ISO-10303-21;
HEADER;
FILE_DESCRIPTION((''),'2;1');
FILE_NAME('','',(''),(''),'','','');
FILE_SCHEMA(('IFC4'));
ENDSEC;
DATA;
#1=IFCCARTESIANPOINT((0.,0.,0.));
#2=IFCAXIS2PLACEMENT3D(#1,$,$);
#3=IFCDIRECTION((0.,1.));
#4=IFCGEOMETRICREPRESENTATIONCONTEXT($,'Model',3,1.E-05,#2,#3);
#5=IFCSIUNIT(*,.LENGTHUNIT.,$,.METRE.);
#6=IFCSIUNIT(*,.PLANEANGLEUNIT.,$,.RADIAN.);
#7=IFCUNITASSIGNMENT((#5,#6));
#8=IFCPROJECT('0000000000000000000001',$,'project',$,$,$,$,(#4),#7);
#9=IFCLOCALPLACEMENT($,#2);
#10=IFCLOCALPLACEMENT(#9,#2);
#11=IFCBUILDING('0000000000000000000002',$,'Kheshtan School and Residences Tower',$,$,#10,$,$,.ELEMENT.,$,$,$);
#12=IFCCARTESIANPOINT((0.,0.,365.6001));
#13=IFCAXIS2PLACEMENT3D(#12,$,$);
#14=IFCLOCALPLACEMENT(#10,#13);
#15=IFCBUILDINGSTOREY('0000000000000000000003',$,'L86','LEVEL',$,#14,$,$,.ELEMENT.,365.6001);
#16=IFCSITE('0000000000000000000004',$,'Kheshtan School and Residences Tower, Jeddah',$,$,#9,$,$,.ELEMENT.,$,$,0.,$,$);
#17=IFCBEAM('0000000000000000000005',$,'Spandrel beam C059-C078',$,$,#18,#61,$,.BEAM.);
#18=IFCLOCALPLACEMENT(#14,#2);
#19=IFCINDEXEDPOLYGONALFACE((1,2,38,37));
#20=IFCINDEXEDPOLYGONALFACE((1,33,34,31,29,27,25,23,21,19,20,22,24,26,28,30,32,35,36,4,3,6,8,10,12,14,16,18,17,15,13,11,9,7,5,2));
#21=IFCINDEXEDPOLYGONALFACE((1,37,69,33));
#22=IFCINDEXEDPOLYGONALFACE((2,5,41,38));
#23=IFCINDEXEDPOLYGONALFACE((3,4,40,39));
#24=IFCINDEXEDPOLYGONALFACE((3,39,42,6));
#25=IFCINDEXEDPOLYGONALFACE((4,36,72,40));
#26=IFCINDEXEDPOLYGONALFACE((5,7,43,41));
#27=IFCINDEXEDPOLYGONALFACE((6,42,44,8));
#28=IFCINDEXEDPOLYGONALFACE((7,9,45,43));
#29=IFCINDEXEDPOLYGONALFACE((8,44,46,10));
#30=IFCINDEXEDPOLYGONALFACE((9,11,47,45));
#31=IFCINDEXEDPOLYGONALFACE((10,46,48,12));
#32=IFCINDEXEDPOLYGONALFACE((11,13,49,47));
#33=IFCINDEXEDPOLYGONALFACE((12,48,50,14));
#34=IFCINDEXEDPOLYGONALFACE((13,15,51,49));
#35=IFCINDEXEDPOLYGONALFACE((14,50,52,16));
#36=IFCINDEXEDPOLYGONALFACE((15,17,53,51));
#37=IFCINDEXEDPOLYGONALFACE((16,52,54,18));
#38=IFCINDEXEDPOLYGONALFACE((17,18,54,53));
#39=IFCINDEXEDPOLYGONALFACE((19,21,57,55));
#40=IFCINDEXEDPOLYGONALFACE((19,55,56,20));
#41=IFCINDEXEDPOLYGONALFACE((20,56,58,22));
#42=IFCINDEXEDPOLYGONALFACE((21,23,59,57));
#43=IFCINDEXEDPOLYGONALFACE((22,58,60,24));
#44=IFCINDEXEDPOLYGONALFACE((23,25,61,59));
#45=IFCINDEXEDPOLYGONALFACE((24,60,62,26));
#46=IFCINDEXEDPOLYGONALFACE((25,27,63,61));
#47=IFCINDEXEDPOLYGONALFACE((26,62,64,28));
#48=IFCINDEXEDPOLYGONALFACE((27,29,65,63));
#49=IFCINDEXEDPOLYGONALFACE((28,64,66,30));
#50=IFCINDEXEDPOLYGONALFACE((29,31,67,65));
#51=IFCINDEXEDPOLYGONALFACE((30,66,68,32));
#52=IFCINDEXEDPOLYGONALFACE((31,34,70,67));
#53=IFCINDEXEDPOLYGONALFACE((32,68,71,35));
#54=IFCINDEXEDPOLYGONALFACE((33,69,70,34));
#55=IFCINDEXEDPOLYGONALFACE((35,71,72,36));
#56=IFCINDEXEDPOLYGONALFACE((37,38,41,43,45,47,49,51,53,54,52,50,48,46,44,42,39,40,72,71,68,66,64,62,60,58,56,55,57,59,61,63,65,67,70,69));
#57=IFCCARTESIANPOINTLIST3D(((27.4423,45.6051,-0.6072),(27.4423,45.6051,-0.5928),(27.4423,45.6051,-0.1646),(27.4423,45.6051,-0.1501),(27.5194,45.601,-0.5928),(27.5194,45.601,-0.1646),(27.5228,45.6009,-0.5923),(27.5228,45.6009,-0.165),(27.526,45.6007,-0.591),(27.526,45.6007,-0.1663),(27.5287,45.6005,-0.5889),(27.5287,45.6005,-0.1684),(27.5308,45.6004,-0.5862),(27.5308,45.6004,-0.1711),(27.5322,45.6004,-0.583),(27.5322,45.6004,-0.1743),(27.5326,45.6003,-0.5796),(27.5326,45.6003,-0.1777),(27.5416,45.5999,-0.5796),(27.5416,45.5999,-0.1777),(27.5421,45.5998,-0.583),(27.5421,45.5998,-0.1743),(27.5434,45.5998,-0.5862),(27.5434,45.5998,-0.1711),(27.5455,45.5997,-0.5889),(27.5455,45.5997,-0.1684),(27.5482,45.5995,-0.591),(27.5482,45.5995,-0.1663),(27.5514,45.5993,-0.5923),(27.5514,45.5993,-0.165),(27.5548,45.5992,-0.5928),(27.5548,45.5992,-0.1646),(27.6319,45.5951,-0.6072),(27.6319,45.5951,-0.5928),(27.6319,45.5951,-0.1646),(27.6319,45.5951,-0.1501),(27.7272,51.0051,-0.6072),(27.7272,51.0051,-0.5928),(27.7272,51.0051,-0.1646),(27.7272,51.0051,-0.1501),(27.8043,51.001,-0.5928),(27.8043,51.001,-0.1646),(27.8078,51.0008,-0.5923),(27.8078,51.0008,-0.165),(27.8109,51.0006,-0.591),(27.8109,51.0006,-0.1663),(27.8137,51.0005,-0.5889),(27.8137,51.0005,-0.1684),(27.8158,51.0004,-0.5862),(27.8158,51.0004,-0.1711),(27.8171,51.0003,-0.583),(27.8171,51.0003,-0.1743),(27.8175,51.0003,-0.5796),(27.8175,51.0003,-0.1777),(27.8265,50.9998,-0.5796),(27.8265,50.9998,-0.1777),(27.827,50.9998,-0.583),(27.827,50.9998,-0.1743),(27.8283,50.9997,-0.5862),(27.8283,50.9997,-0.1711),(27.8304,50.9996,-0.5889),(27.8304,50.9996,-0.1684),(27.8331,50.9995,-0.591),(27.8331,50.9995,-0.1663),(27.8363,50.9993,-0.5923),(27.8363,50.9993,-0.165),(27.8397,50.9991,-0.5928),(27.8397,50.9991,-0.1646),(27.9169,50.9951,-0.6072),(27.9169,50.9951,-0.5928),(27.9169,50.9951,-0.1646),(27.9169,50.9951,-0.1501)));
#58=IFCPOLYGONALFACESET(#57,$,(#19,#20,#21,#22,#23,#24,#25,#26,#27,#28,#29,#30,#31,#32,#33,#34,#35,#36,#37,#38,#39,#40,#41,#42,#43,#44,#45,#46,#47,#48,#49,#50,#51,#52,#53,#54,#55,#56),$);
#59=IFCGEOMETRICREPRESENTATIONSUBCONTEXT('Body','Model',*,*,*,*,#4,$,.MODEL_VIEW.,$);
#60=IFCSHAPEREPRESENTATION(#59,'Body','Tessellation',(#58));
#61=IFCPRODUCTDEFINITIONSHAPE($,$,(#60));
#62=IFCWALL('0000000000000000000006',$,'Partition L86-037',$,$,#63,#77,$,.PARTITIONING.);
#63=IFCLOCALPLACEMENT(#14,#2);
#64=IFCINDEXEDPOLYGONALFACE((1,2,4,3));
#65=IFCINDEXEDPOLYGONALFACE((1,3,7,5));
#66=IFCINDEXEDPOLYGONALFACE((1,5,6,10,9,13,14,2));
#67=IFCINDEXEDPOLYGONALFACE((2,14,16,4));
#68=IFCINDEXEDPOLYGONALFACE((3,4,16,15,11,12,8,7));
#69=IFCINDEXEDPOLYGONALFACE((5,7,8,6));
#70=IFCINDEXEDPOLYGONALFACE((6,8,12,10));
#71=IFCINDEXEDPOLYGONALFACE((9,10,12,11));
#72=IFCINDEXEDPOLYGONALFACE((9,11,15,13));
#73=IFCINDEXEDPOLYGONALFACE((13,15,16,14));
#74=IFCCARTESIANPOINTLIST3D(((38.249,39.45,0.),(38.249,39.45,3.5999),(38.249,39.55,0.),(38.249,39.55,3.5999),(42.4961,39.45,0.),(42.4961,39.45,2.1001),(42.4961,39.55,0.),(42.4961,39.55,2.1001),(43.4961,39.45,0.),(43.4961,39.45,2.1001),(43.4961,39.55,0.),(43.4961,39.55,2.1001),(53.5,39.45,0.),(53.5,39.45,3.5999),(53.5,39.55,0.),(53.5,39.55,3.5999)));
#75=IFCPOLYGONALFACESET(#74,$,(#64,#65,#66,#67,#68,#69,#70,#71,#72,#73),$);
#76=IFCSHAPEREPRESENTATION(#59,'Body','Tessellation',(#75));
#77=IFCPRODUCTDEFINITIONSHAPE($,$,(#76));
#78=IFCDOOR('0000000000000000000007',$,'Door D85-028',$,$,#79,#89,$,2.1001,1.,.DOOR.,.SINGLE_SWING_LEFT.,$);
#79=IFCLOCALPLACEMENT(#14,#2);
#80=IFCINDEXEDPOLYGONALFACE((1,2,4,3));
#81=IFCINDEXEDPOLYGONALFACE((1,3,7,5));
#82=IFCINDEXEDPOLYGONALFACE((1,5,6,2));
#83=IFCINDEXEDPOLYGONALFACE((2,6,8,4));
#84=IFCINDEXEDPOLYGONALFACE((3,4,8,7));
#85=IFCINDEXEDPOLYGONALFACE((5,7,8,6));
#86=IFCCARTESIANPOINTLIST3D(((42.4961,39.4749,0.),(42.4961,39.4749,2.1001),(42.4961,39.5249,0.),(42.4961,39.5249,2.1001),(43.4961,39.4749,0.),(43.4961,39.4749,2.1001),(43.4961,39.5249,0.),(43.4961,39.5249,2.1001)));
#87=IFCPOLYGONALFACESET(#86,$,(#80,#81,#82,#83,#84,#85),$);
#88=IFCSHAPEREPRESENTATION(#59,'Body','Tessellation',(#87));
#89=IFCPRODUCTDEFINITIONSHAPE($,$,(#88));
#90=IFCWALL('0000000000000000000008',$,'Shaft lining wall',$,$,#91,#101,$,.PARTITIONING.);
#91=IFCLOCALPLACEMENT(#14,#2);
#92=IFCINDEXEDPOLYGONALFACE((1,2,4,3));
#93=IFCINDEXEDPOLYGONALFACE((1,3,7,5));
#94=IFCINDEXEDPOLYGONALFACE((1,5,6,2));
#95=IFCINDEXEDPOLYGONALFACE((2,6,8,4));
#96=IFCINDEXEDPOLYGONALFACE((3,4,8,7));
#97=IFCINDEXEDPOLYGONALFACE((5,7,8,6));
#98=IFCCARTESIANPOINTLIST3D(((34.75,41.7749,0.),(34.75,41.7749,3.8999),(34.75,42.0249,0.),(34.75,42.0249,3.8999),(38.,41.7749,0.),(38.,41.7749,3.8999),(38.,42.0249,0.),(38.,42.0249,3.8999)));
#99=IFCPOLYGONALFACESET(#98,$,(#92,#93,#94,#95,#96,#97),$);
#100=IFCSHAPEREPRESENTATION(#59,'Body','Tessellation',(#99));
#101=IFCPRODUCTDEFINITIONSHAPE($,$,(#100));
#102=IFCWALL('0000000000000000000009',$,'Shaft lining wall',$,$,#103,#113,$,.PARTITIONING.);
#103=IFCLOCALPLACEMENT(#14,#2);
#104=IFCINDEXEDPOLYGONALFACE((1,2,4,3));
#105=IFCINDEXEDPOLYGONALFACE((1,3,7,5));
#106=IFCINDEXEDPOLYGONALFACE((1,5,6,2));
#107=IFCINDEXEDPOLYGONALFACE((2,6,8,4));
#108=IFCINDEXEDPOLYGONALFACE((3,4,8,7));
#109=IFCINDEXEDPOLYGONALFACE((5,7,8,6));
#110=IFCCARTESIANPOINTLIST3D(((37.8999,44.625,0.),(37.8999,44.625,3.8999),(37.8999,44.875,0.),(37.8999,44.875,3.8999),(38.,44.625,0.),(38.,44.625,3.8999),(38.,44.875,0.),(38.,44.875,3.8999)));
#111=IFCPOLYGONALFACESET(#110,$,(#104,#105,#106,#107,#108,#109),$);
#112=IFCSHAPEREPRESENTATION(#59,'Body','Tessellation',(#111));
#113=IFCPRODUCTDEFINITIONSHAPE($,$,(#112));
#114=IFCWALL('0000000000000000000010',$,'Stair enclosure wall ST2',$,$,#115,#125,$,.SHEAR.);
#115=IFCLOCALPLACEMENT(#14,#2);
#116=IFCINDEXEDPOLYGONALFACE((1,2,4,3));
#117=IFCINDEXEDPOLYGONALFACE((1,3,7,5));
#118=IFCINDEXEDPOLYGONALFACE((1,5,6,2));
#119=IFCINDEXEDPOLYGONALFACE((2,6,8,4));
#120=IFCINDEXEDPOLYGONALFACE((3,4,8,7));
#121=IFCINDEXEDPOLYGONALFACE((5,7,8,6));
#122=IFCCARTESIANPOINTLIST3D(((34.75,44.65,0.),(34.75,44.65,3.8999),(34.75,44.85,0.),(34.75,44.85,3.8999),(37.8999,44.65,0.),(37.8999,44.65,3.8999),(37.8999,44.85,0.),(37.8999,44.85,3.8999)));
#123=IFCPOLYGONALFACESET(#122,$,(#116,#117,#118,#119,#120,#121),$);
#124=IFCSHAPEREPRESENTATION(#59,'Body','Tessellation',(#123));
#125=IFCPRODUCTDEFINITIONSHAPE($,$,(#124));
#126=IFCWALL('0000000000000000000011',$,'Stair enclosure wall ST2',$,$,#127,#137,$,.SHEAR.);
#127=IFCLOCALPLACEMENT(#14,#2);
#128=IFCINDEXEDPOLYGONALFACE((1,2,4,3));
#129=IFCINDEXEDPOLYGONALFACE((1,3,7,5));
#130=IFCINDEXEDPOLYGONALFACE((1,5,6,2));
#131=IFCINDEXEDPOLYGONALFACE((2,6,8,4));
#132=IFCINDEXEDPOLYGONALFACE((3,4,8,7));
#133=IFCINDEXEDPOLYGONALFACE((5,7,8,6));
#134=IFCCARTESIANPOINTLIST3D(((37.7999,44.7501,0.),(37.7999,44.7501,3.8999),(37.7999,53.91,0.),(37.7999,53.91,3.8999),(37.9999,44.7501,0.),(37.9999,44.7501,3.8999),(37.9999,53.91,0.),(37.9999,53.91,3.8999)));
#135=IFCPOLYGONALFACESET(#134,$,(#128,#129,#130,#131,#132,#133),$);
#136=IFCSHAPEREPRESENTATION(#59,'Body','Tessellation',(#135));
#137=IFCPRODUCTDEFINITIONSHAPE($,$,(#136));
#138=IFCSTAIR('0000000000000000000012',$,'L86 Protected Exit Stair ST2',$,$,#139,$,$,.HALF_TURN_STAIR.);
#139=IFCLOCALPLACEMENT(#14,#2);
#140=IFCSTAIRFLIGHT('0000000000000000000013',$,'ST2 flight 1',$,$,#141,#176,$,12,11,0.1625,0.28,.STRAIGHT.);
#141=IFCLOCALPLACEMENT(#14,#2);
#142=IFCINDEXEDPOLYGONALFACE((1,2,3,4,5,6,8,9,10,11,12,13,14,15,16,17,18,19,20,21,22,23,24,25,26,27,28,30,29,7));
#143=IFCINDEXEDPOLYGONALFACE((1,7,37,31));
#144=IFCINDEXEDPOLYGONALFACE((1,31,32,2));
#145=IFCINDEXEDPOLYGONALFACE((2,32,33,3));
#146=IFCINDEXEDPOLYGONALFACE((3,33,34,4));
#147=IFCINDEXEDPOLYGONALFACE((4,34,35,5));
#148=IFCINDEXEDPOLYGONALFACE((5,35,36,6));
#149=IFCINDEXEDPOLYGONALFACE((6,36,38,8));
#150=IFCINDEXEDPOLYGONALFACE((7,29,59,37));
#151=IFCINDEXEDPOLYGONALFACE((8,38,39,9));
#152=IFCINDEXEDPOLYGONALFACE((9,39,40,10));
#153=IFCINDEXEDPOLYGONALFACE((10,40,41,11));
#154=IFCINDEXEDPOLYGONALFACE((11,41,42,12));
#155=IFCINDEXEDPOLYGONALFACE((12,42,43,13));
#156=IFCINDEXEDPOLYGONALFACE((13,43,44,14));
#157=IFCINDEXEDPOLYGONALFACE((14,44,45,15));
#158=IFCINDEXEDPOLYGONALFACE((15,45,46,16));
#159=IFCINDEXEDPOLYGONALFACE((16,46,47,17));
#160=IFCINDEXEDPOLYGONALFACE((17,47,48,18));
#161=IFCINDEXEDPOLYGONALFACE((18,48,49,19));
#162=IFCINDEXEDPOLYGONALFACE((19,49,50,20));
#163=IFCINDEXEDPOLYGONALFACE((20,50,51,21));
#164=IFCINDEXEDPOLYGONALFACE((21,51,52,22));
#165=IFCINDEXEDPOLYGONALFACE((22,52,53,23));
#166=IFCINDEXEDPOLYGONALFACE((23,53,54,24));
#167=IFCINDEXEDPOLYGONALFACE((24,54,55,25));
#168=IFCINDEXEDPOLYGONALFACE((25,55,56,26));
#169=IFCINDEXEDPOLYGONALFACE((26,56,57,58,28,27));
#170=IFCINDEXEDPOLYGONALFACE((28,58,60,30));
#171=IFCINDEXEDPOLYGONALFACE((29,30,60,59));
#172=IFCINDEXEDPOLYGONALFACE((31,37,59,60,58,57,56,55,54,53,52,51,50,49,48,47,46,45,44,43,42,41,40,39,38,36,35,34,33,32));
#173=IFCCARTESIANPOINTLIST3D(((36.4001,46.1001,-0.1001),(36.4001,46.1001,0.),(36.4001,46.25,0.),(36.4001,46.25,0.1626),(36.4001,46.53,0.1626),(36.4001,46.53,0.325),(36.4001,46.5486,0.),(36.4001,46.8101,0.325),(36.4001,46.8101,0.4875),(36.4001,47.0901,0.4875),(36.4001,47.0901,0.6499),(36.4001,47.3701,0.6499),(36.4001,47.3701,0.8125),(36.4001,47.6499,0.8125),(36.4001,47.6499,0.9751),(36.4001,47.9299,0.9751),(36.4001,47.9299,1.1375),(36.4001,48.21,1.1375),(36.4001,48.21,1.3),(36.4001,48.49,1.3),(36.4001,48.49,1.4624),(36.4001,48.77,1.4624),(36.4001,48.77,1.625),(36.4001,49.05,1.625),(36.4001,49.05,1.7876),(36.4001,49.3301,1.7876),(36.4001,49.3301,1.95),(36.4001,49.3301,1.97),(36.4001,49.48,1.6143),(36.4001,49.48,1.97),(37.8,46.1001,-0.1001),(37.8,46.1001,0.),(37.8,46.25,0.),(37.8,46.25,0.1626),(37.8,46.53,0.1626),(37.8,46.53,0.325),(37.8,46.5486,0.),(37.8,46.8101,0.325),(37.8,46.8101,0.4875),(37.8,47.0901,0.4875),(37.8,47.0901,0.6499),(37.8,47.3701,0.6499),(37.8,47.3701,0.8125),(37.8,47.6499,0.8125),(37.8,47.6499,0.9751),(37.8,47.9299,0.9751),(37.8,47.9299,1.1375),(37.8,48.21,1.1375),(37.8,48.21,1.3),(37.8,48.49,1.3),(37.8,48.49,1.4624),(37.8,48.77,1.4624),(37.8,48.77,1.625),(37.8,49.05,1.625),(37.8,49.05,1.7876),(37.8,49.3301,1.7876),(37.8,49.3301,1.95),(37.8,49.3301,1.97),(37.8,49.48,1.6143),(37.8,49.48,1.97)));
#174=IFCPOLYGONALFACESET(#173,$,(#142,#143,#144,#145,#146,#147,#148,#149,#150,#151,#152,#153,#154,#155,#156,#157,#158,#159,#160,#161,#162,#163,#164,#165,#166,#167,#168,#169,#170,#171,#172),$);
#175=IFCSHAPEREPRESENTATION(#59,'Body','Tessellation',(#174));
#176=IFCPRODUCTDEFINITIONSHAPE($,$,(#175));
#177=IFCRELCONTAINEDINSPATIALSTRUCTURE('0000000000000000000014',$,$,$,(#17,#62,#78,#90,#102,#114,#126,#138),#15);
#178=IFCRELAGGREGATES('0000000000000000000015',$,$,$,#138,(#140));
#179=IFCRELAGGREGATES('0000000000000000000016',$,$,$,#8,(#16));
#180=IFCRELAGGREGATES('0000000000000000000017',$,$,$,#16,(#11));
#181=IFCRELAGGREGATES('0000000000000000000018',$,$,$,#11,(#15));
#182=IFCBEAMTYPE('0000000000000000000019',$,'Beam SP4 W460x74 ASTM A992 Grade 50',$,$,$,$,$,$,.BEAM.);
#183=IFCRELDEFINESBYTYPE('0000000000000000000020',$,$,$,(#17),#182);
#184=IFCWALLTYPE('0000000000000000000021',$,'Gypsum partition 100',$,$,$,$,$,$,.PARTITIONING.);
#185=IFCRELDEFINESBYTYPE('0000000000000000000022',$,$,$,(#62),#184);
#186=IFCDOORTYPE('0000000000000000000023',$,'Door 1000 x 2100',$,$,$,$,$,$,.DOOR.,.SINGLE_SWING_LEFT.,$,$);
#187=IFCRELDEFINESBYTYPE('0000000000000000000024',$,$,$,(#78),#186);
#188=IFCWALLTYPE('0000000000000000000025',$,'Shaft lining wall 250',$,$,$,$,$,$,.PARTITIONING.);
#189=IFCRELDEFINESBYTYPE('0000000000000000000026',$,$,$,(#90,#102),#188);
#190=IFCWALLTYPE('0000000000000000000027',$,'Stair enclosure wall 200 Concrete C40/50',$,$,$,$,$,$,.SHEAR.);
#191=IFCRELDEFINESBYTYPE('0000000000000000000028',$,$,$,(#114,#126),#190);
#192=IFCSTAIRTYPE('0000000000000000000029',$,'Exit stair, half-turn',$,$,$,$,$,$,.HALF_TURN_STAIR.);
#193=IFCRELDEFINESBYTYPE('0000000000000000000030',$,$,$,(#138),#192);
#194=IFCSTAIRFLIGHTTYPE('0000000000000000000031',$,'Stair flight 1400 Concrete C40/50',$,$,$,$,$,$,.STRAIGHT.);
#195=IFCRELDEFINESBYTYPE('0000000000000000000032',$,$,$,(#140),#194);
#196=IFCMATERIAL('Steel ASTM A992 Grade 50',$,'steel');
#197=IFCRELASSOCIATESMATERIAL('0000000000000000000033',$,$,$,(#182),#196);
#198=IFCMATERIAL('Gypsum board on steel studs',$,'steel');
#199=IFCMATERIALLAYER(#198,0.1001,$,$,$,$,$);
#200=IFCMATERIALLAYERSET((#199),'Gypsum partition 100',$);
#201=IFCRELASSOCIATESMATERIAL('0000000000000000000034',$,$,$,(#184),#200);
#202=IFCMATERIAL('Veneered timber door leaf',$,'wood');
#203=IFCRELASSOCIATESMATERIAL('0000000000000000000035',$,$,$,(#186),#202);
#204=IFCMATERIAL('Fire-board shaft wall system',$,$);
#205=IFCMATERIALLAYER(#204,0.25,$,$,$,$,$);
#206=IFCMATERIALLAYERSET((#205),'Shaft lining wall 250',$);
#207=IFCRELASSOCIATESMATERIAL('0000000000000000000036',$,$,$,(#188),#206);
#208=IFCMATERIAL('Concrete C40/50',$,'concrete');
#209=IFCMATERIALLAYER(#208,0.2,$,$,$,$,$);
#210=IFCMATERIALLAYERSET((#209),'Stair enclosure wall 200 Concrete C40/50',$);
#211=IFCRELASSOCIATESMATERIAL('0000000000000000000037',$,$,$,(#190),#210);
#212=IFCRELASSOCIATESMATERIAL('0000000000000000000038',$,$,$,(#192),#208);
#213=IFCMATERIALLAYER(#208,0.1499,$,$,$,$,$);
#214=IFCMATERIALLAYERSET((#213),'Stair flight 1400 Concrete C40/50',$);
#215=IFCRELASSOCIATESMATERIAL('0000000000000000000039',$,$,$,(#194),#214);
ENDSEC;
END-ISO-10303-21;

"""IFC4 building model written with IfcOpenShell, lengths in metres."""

from ifc_helpers import new_model, si_unit, direction, frame, frame_2d, origin, origin_2d, place, context, subcontext, project, spatial, polyline, rectangle, i_section, outline, extrude, source, transform, mapped, material, layer, layer_set, material_profile, profile_set, type_object, element, fill, aggregate, save


model = new_model("IFC4")

# Units and contexts
model_context = context("Model", 3, precision=1e-05, world=origin(), true_north=direction((0.0, 1.0)))
body_context = subcontext(model_context, "Body", "Model", "MODEL_VIEW")
ifc_project = project(units=[si_unit("LENGTHUNIT", "METRE"), si_unit("PLANEANGLEUNIT", "RADIAN")], contexts=[model_context])

# Site, building, storey
site_placement = place(None, origin())
site = spatial("IfcSite", under=ifc_project, at=site_placement, Name="Kheshtan School and Residences Tower, Jeddah", CompositionType="ELEMENT", RefElevation=0.0)
building_placement = place(site_placement, origin())
building = spatial("IfcBuilding", under=site, at=building_placement, Name="Kheshtan School and Residences Tower", CompositionType="ELEMENT")
storey_placement = place(building_placement, frame((0.0, 0.0, 365.6001)))
storey = spatial("IfcBuildingStorey", under=building, at=storey_placement, Name="L86", Description="LEVEL", CompositionType="ELEMENT", Elevation=365.6001)

# Shared definitions
ifc_material_1 = material(Name="Steel ASTM A992 Grade 50", Category="steel")

# Beam
ifc_material_profile_1 = material_profile(ifc_material_1, i_section(OverallWidth=0.1899, OverallDepth=0.457, WebThickness=0.009, FlangeThickness=0.0144, FilletRadius=0.0132, at=origin_2d()), Name="W460x74")
ifc_profile_set_1 = profile_set([ifc_material_profile_1], Name="Steel ASTM A992 Grade 50")
beam_type_1 = type_object("IfcBeamType", Name="Beam SP4 W460x74 ASTM A992 Grade 50", PredefinedType="BEAM", material=ifc_profile_set_1)
beam_1_placement = place(storey_placement, frame((27.5371, 45.6001, -0.3787), z_axis=(0.052689, 0.998611, 0.0), x_axis=(-0.998611, 0.052689, 0.0)))
element("IfcBeam", 1, at=beam_1_placement, inside=storey, type_object=beam_type_1, Name="Spandrel beam C059-C078", PredefinedType="BEAM", context=body_context, shape_type="SweptSolid", body=[
    extrude(i_section(OverallWidth=0.1899, OverallDepth=0.457, WebThickness=0.009, FlangeThickness=0.0144, FilletRadius=0.0132, at=origin_2d()), origin(), (0.0, 0.0, 1.0), 5.4075),
])

# Wall, opening, door
ifc_material_2 = material(Name="Gypsum board on steel studs", Category="steel")
ifc_layer_1 = layer(ifc_material_2, 0.1001)
ifc_layer_set_1 = layer_set([ifc_layer_1], Name="Gypsum partition 100")
wall_type_1 = type_object("IfcWallType", Name="Gypsum partition 100", PredefinedType="PARTITIONING", material=ifc_layer_set_1)
wall_1_placement = place(storey_placement, frame((38.249, 39.5, 0.0), z_axis=(0.0, 0.0, 1.0), x_axis=(1.0, 0.0, 0.0)))
wall_1 = element("IfcWall", 2, at=wall_1_placement, inside=storey, type_object=wall_type_1, Name="Partition L86-037", PredefinedType="PARTITIONING", context=body_context, shape_type="SweptSolid", body=[
    extrude(rectangle(XDim=15.251, YDim=0.1001, at=frame_2d((7.6255, 0.0))), origin(), (0.0, 0.0, 1.0), 3.5999),
])
opening_placement = place(wall_1_placement, frame((4.2471, 0.0, 0.0)))
opening = element("IfcOpeningElement", 3, at=opening_placement, cuts=wall_1, PredefinedType="OPENING", context=body_context, shape_type="SweptSolid", body=[
    extrude(rectangle(XDim=1.0, YDim=2.1001, at=frame_2d((0.5, 1.05))), frame((0.0, 0.0601, 0.0), z_axis=(0.0, -1.0, 0.0), x_axis=(1.0, 0.0, 0.0)), (0.0, 0.0, 1.0), 0.1201),
])
ifc_material_3 = material(Name="Veneered timber door leaf", Category="wood")
door_type = type_object("IfcDoorType", Name="Door 1000 x 2100", OperationType="SINGLE_SWING_LEFT", PredefinedType="DOOR", material=ifc_material_3)
shared_shape = source(origin(), body_context, "Body", "SweptSolid", [
    extrude(rectangle(XDim=1.0, YDim=2.1001, at=frame_2d((0.5, 1.05))), frame((0.0, 0.0249, 0.0), z_axis=(0.0, -1.0, 0.0), x_axis=(1.0, 0.0, 0.0)), (0.0, 0.0, 1.0), 0.05),
])
door_placement = place(opening_placement, origin())
door = element("IfcDoor", 4, at=door_placement, inside=storey, type_object=door_type, Name="Door D85-028", OperationType="SINGLE_SWING_LEFT", OverallHeight=2.1001, OverallWidth=1.0, PredefinedType="DOOR", context=body_context, shape_type="MappedRepresentation", body=[
    mapped(shared_shape, transform((0.0, 0.0, 0.0), x_axis=(1.0, 0.0, 0.0), y_axis=(0.0, 1.0, 0.0), z_axis=(0.0, 0.0, 1.0), scale=1.0)),
])
fill(opening, door)

# Walls
ifc_material_4 = material(Name="Fire-board shaft wall system")
ifc_layer_2 = layer(ifc_material_4, 0.25)
ifc_layer_set_2 = layer_set([ifc_layer_2], Name="Shaft lining wall 250")
wall_type_2 = type_object("IfcWallType", Name="Shaft lining wall 250", PredefinedType="PARTITIONING", material=ifc_layer_set_2)
wall_2_placement = place(storey_placement, frame((34.75, 41.8999, 0.0), z_axis=(0.0, 0.0, 1.0), x_axis=(1.0, 0.0, 0.0)))
element("IfcWall", 5, at=wall_2_placement, inside=storey, type_object=wall_type_2, Name="Shaft lining wall", PredefinedType="PARTITIONING", context=body_context, shape_type="SweptSolid", body=[
    extrude(rectangle(XDim=3.25, YDim=0.25, at=frame_2d((1.625, 0.0))), origin(), (0.0, 0.0, 1.0), 3.8999),
])
wall_3_placement = place(storey_placement, frame((37.8999, 44.75, 0.0), z_axis=(0.0, 0.0, 1.0), x_axis=(1.0, 0.0, 0.0)))
element("IfcWall", 6, at=wall_3_placement, inside=storey, type_object=wall_type_2, Name="Shaft lining wall", PredefinedType="PARTITIONING", context=body_context, shape_type="SweptSolid", body=[
    extrude(rectangle(XDim=0.1001, YDim=0.25, at=frame_2d((0.05, 0.0))), origin(), (0.0, 0.0, 1.0), 3.8999),
])
ifc_material_5 = material(Name="Concrete C40/50", Category="concrete")
ifc_layer_3 = layer(ifc_material_5, 0.2)
ifc_layer_set_3 = layer_set([ifc_layer_3], Name="Stair enclosure wall 200 Concrete C40/50")
wall_type_3 = type_object("IfcWallType", Name="Stair enclosure wall 200 Concrete C40/50", PredefinedType="SHEAR", material=ifc_layer_set_3)
wall_4_placement = place(storey_placement, frame((34.75, 44.75, 0.0), z_axis=(0.0, 0.0, 1.0), x_axis=(1.0, 0.0, 0.0)))
element("IfcWall", 7, at=wall_4_placement, inside=storey, type_object=wall_type_3, Name="Stair enclosure wall ST2", PredefinedType="SHEAR", context=body_context, shape_type="SweptSolid", body=[
    extrude(rectangle(XDim=3.1499, YDim=0.2, at=frame_2d((1.575, 0.0))), origin(), (0.0, 0.0, 1.0), 3.8999),
])
wall_5_placement = place(storey_placement, frame((37.8999, 44.75, 0.0), z_axis=(0.0, 0.0, 1.0), x_axis=(0.0, 1.0, 0.0)))
element("IfcWall", 8, at=wall_5_placement, inside=storey, type_object=wall_type_3, Name="Stair enclosure wall ST2", PredefinedType="SHEAR", context=body_context, shape_type="SweptSolid", body=[
    extrude(rectangle(XDim=9.1599, YDim=0.2, at=frame_2d((4.5801, 0.0))), origin(), (0.0, 0.0, 1.0), 3.8999),
])

# Stair, stair flight
stair_type = type_object("IfcStairType", Name="Exit stair, half-turn", PredefinedType="HALF_TURN_STAIR", material=ifc_material_5)
stair_placement = place(storey_placement, origin())
stair = element("IfcStair", 9, at=stair_placement, inside=storey, type_object=stair_type, Name="L86 Protected Exit Stair ST2", PredefinedType="HALF_TURN_STAIR")
ifc_layer_4 = layer(ifc_material_5, 0.1499)
ifc_layer_set_4 = layer_set([ifc_layer_4], Name="Stair flight 1400 Concrete C40/50")
stair_flight_type = type_object("IfcStairFlightType", Name="Stair flight 1400 Concrete C40/50", PredefinedType="STRAIGHT", material=ifc_layer_set_4)
stair_flight_placement = place(storey_placement, frame((37.1001, 46.25, 0.0), z_axis=(0.0, 0.0, 1.0), x_axis=(0.0, 1.0, 0.0)))
stair_flight = element("IfcStairFlight", 10, at=stair_flight_placement, type_object=stair_flight_type, Name="ST2 flight 1", NumberOfRisers=12, NumberOfTreads=11, PredefinedType="STRAIGHT", RiserHeight=0.1625, TreadLength=0.28, context=body_context, shape_type="SweptSolid", body=[
    extrude(outline(polyline([(-0.1499, -0.1001), (-0.1499, 0.0), (0.0, 0.0), (0.0, 0.1626), (0.28, 0.1626), (0.28, 0.325), (0.5601, 0.325), (0.5601, 0.4875), (0.8401, 0.4875), (0.8401, 0.6499), (1.1201, 0.6499), (1.1201, 0.8125), (1.3999, 0.8125), (1.3999, 0.9751), (1.6799, 0.9751), (1.6799, 1.1375), (1.96, 1.1375), (1.96, 1.3), (2.24, 1.3), (2.24, 1.4624), (2.52, 1.4624), (2.52, 1.625), (2.8, 1.625), (2.8, 1.7876), (3.0801, 1.7876), (3.0801, 1.95), (3.0801, 1.97), (3.23, 1.97), (3.23, 1.6143), (0.2986, 0.0), (-0.1499, -0.1001)])), frame((0.0, 0.7, 0.0), z_axis=(0.0, -1.0, 0.0), x_axis=(1.0, 0.0, 0.0)), (0.0, 0.0, 1.0), 1.3999),
])
aggregate(stair, [stair_flight])

save(model, "model.ifc")
